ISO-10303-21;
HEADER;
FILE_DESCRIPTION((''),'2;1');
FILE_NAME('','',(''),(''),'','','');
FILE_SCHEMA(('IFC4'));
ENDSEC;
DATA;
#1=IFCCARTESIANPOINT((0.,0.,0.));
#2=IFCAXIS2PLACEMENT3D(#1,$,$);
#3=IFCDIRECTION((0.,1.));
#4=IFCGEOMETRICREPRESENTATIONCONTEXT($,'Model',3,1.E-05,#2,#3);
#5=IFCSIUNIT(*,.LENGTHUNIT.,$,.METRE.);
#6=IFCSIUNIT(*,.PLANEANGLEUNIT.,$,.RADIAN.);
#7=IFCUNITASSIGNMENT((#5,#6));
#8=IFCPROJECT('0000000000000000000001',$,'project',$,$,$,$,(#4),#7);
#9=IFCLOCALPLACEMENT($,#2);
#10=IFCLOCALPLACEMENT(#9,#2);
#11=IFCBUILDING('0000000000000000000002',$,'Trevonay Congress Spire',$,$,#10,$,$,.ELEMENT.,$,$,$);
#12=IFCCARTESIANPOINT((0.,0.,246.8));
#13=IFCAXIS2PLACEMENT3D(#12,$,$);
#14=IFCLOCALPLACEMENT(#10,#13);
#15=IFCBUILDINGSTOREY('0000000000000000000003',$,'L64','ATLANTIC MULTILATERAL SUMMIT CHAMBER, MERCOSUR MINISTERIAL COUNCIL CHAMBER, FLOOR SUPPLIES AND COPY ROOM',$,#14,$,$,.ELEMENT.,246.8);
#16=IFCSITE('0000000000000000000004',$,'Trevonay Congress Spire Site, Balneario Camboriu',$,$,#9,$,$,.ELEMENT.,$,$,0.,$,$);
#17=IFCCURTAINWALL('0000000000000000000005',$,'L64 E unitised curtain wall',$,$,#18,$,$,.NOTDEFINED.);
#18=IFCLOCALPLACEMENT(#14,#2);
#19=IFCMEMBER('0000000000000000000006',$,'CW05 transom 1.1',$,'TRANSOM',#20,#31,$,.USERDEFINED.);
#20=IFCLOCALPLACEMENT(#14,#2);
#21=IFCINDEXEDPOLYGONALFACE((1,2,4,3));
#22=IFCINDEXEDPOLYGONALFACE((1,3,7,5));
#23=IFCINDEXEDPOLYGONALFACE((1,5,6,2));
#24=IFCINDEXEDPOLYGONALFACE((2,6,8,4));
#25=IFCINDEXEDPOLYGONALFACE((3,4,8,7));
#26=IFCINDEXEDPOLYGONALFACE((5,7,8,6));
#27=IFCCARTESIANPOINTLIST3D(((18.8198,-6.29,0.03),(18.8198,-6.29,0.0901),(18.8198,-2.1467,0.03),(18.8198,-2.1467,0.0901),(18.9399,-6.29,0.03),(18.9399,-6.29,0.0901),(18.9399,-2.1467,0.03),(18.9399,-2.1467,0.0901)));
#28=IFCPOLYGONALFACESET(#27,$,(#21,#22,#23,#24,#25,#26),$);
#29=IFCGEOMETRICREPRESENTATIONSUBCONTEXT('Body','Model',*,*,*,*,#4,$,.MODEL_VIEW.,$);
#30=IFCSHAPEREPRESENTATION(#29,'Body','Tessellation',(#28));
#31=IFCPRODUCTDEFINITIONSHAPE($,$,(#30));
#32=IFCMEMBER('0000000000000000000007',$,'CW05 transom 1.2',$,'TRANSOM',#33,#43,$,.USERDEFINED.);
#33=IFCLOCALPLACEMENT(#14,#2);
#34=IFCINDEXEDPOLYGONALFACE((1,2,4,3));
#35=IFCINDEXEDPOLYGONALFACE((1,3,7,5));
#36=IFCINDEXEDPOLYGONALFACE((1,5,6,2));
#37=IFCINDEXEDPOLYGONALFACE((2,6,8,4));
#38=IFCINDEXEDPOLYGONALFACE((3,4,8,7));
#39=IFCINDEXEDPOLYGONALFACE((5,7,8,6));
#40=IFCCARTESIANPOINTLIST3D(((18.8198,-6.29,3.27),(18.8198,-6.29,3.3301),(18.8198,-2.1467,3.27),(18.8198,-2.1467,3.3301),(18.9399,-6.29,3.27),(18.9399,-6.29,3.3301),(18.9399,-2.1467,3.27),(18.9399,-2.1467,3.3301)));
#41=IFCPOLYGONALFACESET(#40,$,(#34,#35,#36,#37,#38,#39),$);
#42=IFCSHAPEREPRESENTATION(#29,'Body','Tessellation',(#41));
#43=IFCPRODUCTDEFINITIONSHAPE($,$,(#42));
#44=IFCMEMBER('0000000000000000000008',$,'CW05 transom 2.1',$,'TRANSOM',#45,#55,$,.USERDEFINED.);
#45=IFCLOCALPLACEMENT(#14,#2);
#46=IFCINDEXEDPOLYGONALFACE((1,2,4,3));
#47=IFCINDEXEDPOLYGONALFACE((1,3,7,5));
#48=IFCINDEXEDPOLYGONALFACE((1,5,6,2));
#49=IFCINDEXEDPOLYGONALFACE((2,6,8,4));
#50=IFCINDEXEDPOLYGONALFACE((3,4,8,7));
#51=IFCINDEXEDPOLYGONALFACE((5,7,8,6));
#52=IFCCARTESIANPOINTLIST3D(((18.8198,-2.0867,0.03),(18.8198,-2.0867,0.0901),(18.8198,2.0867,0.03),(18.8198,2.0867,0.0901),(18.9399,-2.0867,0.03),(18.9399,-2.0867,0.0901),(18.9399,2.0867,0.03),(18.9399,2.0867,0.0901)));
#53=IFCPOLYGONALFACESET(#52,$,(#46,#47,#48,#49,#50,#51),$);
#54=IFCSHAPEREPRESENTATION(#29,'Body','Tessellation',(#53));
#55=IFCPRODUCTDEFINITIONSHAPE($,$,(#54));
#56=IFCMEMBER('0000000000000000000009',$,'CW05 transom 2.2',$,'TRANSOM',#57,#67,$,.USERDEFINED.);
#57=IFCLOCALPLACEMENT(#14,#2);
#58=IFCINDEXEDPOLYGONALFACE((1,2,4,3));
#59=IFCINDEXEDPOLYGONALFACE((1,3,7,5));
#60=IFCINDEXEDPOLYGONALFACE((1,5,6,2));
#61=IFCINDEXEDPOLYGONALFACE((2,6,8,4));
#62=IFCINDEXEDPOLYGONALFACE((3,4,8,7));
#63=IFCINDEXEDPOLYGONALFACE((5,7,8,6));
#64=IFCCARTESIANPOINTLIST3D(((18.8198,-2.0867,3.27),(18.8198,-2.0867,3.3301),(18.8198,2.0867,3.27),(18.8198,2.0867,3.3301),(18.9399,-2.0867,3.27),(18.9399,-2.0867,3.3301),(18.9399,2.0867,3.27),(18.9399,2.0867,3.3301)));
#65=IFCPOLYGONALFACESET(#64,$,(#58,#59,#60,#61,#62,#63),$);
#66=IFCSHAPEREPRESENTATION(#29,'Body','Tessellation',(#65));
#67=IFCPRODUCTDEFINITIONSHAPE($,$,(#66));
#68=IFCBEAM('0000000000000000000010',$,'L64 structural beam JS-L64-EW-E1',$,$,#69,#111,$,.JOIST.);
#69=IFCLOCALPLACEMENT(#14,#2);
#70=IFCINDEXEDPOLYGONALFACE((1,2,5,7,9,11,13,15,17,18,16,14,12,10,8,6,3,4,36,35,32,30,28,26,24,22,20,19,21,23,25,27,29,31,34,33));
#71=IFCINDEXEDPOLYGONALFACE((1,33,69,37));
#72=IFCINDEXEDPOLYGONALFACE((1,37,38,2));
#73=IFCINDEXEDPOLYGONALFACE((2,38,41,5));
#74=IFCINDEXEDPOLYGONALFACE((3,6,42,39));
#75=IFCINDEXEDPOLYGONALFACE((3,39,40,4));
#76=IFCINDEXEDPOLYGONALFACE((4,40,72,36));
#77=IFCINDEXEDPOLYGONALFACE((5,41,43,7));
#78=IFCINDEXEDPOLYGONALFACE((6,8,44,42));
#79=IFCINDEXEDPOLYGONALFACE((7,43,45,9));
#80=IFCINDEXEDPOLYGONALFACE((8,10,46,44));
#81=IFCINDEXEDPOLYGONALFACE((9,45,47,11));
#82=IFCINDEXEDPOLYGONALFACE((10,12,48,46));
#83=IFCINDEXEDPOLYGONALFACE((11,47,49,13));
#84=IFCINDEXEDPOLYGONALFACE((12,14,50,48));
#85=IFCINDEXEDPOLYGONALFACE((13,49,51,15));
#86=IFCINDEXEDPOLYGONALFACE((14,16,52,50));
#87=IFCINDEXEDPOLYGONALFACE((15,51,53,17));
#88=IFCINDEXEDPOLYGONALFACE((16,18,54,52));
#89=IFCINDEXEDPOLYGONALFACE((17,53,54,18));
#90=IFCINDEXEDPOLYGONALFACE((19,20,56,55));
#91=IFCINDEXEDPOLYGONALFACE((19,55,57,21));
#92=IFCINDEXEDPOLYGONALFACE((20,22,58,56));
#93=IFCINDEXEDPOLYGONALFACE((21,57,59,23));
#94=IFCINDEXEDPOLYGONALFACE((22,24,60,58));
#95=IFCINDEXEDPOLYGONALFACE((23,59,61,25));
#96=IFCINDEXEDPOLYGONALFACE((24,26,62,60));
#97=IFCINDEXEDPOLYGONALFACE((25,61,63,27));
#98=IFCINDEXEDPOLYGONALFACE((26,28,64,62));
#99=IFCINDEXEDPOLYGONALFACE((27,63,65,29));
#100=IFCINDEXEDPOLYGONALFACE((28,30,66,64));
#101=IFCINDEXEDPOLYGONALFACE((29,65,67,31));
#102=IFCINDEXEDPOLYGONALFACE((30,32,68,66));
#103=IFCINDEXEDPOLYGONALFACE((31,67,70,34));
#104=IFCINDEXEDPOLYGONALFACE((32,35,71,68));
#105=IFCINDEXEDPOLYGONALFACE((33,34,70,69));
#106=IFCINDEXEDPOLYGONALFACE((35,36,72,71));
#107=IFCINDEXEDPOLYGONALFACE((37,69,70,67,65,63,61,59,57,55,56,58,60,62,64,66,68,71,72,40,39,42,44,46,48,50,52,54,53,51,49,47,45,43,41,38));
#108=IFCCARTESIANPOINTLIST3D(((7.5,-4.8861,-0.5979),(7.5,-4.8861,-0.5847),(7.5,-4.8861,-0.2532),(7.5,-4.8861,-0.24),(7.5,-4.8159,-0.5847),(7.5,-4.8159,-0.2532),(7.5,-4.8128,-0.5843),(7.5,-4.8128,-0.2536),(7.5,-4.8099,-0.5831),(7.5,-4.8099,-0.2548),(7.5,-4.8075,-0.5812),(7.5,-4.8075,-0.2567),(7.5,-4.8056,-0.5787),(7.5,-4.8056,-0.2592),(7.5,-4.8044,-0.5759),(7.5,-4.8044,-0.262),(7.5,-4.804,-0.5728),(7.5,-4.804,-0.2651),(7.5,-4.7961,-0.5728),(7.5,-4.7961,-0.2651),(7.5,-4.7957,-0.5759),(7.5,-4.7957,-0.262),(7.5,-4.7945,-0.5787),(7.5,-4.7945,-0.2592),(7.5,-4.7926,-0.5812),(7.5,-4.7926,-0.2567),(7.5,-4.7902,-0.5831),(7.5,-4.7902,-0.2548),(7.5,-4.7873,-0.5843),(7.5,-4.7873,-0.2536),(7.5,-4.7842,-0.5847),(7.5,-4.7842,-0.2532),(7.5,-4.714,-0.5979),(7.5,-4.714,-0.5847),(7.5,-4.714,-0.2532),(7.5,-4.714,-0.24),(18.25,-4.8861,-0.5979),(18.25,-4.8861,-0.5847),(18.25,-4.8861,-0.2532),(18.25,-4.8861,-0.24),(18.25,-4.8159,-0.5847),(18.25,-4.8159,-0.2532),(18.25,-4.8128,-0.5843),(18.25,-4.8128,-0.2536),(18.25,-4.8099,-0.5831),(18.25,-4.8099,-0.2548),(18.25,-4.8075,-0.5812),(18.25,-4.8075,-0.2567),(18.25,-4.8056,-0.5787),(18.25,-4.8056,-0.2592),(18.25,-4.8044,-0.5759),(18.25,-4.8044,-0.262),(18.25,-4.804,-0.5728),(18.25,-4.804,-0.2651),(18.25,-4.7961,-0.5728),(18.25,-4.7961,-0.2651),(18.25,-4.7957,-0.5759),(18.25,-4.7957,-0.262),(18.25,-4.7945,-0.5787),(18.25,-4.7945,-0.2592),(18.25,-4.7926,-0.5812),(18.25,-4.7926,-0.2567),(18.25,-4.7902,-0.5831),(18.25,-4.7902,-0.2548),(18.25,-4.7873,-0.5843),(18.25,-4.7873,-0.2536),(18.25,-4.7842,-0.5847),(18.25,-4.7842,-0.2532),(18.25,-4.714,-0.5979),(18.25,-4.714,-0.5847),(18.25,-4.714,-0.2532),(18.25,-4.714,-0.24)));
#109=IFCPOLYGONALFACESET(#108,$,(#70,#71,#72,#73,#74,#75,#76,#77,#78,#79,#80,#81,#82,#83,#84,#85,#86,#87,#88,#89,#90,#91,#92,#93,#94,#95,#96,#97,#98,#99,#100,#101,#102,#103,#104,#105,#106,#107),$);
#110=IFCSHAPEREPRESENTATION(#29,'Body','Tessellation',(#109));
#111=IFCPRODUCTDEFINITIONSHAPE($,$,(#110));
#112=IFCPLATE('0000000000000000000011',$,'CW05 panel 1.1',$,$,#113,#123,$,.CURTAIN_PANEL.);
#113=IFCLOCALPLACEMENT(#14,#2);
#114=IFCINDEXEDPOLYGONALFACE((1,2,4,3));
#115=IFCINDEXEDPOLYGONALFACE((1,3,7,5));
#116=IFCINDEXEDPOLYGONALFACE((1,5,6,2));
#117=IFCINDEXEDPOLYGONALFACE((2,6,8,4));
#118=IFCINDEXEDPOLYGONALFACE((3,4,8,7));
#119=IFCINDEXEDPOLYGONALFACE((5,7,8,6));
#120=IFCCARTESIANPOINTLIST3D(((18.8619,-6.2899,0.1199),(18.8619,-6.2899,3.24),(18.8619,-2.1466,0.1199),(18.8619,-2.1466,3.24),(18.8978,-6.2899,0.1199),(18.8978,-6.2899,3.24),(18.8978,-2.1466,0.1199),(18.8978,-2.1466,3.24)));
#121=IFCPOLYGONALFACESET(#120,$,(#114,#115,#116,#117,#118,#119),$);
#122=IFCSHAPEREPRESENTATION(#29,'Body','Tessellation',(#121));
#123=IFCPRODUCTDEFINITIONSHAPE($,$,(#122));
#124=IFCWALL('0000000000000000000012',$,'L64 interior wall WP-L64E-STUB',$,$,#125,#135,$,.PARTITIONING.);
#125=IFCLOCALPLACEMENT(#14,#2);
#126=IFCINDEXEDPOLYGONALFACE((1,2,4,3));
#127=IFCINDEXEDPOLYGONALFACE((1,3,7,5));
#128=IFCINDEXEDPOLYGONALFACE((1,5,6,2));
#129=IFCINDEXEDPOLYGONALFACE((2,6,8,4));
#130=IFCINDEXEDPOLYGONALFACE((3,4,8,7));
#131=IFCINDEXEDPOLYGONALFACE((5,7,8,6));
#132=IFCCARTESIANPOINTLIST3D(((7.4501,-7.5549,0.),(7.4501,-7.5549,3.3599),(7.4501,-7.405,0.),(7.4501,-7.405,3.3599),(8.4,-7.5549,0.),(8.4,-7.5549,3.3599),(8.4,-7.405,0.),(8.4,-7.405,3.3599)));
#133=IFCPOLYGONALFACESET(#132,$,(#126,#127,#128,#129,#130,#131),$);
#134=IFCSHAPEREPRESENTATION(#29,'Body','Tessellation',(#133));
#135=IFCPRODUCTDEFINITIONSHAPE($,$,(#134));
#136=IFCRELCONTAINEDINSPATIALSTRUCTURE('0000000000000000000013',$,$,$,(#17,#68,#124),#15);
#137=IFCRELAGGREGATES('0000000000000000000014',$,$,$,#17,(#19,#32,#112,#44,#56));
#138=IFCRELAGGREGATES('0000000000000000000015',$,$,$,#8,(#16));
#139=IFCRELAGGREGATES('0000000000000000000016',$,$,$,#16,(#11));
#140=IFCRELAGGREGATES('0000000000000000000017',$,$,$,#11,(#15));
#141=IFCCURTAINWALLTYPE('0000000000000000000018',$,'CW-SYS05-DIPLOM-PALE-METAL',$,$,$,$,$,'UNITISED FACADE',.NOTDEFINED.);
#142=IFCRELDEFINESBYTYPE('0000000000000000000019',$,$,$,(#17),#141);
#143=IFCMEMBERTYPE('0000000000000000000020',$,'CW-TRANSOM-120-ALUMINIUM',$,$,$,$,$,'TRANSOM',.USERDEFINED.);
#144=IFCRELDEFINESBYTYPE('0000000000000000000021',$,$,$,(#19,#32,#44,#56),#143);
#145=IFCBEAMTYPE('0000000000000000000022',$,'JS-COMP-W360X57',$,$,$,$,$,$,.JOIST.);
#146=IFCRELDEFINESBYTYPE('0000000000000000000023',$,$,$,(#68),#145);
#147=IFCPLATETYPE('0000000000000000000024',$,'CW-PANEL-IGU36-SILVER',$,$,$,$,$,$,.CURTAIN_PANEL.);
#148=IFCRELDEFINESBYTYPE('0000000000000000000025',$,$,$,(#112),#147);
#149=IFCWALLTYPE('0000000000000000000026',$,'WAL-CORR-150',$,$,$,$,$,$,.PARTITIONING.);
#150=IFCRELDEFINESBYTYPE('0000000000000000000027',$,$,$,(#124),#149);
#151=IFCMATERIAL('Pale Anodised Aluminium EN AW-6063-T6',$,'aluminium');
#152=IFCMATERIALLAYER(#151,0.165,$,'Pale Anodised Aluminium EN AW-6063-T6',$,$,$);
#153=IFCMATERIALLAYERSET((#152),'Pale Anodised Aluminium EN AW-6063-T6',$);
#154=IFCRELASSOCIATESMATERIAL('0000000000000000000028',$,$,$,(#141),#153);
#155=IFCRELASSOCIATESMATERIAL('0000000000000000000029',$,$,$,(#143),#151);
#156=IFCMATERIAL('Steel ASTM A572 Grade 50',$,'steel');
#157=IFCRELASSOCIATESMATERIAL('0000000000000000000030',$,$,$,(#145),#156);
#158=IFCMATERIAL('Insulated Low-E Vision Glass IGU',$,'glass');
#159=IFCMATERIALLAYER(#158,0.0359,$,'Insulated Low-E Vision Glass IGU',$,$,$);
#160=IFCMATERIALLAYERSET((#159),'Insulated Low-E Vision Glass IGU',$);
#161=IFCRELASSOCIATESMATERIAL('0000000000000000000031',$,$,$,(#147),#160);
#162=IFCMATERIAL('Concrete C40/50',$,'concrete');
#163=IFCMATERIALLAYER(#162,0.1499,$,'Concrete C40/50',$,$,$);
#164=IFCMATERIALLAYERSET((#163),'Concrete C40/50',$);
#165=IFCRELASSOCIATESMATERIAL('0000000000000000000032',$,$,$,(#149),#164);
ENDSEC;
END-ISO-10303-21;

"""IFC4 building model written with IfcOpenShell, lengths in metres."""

from ifc_helpers import new_model, si_unit, direction, frame, frame_2d, origin, origin_2d, place, context, subcontext, project, spatial, rectangle, i_section, extrude, material, layer, layer_set, material_profile, profile_set, type_object, element, aggregate, save


model = new_model("IFC4")

# Units and contexts
model_context = context("Model", 3, precision=1e-05, world=origin(), true_north=direction((0.0, 1.0)))
body_context = subcontext(model_context, "Body", "Model", "MODEL_VIEW")
ifc_project = project(units=[si_unit("LENGTHUNIT", "METRE"), si_unit("PLANEANGLEUNIT", "RADIAN")], contexts=[model_context])

# Site, building, storey
site_placement = place(None, origin())
site = spatial("IfcSite", under=ifc_project, at=site_placement, Name="Trevonay Congress Spire Site, Balneario Camboriu", CompositionType="ELEMENT", RefElevation=0.0)
building_placement = place(site_placement, origin())
building = spatial("IfcBuilding", under=site, at=building_placement, Name="Trevonay Congress Spire", CompositionType="ELEMENT")
storey_placement = place(building_placement, frame((0.0, 0.0, 246.8)))
storey = spatial("IfcBuildingStorey", under=building, at=storey_placement, Name="L64", Description="ATLANTIC MULTILATERAL SUMMIT CHAMBER, MERCOSUR MINISTERIAL COUNCIL CHAMBER, FLOOR SUPPLIES AND COPY ROOM", CompositionType="ELEMENT", Elevation=246.8)

# Shared definitions
ifc_material_1 = material(Name="Steel ASTM A572 Grade 50", Category="steel")

# Curtain wall, members
ifc_material_2 = material(Name="Pale Anodised Aluminium EN AW-6063-T6", Category="aluminium")
ifc_layer_1 = layer(ifc_material_2, 0.165, Name="Pale Anodised Aluminium EN AW-6063-T6")
ifc_layer_set_1 = layer_set([ifc_layer_1], Name="Pale Anodised Aluminium EN AW-6063-T6")
curtain_wall_type = type_object("IfcCurtainWallType", Name="CW-SYS05-DIPLOM-PALE-METAL", ElementType="UNITISED FACADE", PredefinedType="NOTDEFINED", material=ifc_layer_set_1)
curtain_wall_placement = place(storey_placement, origin())
curtain_wall = element("IfcCurtainWall", 1, at=curtain_wall_placement, inside=storey, type_object=curtain_wall_type, Name="L64 E unitised curtain wall", PredefinedType="NOTDEFINED")
ifc_material_profile_1 = material_profile(ifc_material_2, rectangle(XDim=0.1201, YDim=0.0601, at=origin_2d()), Name="CW-TRANSOM-120-ALUMINIUM")
ifc_profile_set_1 = profile_set([ifc_material_profile_1], Name="Pale Anodised Aluminium EN AW-6063-T6")
member_type_1 = type_object("IfcMemberType", Name="CW-TRANSOM-120-ALUMINIUM", ElementType="TRANSOM", PredefinedType="USERDEFINED", material=ifc_profile_set_1)
member_1_placement = place(storey_placement, frame((18.8799, -6.29, 0.0601), z_axis=(0.0, 1.0, 0.0), x_axis=(-1.0, 0.0, 0.0)))
member_1 = element("IfcMember", 2, at=member_1_placement, type_object=member_type_1, Name="CW05 transom 1.1", ObjectType="TRANSOM", PredefinedType="USERDEFINED", context=body_context, shape_type="SweptSolid", body=[
    extrude(rectangle(XDim=0.1201, YDim=0.0601, at=origin_2d()), origin(), (0.0, 0.0, 1.0), 4.1433),
])
member_2_placement = place(storey_placement, frame((18.8799, -6.29, 3.3), z_axis=(0.0, 1.0, 0.0), x_axis=(-1.0, 0.0, 0.0)))
member_2 = element("IfcMember", 3, at=member_2_placement, type_object=member_type_1, Name="CW05 transom 1.2", ObjectType="TRANSOM", PredefinedType="USERDEFINED", context=body_context, shape_type="SweptSolid", body=[
    extrude(rectangle(XDim=0.1201, YDim=0.0601, at=origin_2d()), origin(), (0.0, 0.0, 1.0), 4.1433),
])
member_3_placement = place(storey_placement, frame((18.8799, -2.0867, 0.0601), z_axis=(0.0, 1.0, 0.0), x_axis=(-1.0, 0.0, 0.0)))
member_3 = element("IfcMember", 4, at=member_3_placement, type_object=member_type_1, Name="CW05 transom 2.1", ObjectType="TRANSOM", PredefinedType="USERDEFINED", context=body_context, shape_type="SweptSolid", body=[
    extrude(rectangle(XDim=0.1201, YDim=0.0601, at=origin_2d()), origin(), (0.0, 0.0, 1.0), 4.1733),
])
member_4_placement = place(storey_placement, frame((18.8799, -2.0867, 3.3), z_axis=(0.0, 1.0, 0.0), x_axis=(-1.0, 0.0, 0.0)))
member_4 = element("IfcMember", 5, at=member_4_placement, type_object=member_type_1, Name="CW05 transom 2.2", ObjectType="TRANSOM", PredefinedType="USERDEFINED", context=body_context, shape_type="SweptSolid", body=[
    extrude(rectangle(XDim=0.1201, YDim=0.0601, at=origin_2d()), origin(), (0.0, 0.0, 1.0), 4.1733),
])

# Beam
ifc_material_profile_2 = material_profile(ifc_material_1, i_section(OverallWidth=0.1721, OverallDepth=0.3579, WebThickness=0.0078, FlangeThickness=0.0132, FilletRadius=0.012, at=origin_2d()), Name="W360x57.8")
ifc_profile_set_2 = profile_set([ifc_material_profile_2], Name="Steel ASTM A572 Grade 50")
beam_type_1 = type_object("IfcBeamType", Name="JS-COMP-W360X57", PredefinedType="JOIST", material=ifc_profile_set_2)
beam_1_placement = place(storey_placement, frame((7.5, -4.8, -0.4189), z_axis=(1.0, 0.0, 0.0), x_axis=(0.0, 1.0, 0.0)))
element("IfcBeam", 6, at=beam_1_placement, inside=storey, type_object=beam_type_1, Name="L64 structural beam JS-L64-EW-E1", PredefinedType="JOIST", context=body_context, shape_type="SweptSolid", body=[
    extrude(i_section(OverallWidth=0.1721, OverallDepth=0.3579, WebThickness=0.0078, FlangeThickness=0.0132, FilletRadius=0.012, at=origin_2d()), origin(), (0.0, 0.0, 1.0), 10.75),
])

# Plate
ifc_material_3 = material(Name="Insulated Low-E Vision Glass IGU", Category="glass")
ifc_layer_2 = layer(ifc_material_3, 0.0359, Name="Insulated Low-E Vision Glass IGU")
ifc_layer_set_2 = layer_set([ifc_layer_2], Name="Insulated Low-E Vision Glass IGU")
plate_type = type_object("IfcPlateType", Name="CW-PANEL-IGU36-SILVER", PredefinedType="CURTAIN_PANEL", material=ifc_layer_set_2)
plate_placement = place(storey_placement, frame((18.8799, -4.2183, 0.1199), z_axis=(0.0, 0.0, 1.0), x_axis=(0.0, 1.0, 0.0)))
plate = element("IfcPlate", 7, at=plate_placement, type_object=plate_type, Name="CW05 panel 1.1", PredefinedType="CURTAIN_PANEL", context=body_context, shape_type="SweptSolid", body=[
    extrude(rectangle(XDim=4.1433, YDim=0.0359, at=origin_2d()), origin(), (0.0, 0.0, 1.0), 3.1201),
])
aggregate(curtain_wall, [member_1, member_2, plate, member_3, member_4])

# Wall
ifc_material_4 = material(Name="Concrete C40/50", Category="concrete")
ifc_layer_3 = layer(ifc_material_4, 0.1499, Name="Concrete C40/50")
ifc_layer_set_3 = layer_set([ifc_layer_3], Name="Concrete C40/50")
wall_type_1 = type_object("IfcWallType", Name="WAL-CORR-150", PredefinedType="PARTITIONING", material=ifc_layer_set_3)
wall_1_placement = place(storey_placement, frame((7.45, -7.48, 0.0), z_axis=(0.0, 0.0, 1.0), x_axis=(1.0, 0.0, 0.0)))
element("IfcWall", 8, at=wall_1_placement, inside=storey, type_object=wall_type_1, Name="L64 interior wall WP-L64E-STUB", PredefinedType="PARTITIONING", context=body_context, shape_type="SweptSolid", body=[
    extrude(rectangle(XDim=0.95, YDim=0.1499, at=frame_2d((0.4751, 0.0))), origin(), (0.0, 0.0, 1.0), 3.3599),
])

save(model, "model.ifc")
